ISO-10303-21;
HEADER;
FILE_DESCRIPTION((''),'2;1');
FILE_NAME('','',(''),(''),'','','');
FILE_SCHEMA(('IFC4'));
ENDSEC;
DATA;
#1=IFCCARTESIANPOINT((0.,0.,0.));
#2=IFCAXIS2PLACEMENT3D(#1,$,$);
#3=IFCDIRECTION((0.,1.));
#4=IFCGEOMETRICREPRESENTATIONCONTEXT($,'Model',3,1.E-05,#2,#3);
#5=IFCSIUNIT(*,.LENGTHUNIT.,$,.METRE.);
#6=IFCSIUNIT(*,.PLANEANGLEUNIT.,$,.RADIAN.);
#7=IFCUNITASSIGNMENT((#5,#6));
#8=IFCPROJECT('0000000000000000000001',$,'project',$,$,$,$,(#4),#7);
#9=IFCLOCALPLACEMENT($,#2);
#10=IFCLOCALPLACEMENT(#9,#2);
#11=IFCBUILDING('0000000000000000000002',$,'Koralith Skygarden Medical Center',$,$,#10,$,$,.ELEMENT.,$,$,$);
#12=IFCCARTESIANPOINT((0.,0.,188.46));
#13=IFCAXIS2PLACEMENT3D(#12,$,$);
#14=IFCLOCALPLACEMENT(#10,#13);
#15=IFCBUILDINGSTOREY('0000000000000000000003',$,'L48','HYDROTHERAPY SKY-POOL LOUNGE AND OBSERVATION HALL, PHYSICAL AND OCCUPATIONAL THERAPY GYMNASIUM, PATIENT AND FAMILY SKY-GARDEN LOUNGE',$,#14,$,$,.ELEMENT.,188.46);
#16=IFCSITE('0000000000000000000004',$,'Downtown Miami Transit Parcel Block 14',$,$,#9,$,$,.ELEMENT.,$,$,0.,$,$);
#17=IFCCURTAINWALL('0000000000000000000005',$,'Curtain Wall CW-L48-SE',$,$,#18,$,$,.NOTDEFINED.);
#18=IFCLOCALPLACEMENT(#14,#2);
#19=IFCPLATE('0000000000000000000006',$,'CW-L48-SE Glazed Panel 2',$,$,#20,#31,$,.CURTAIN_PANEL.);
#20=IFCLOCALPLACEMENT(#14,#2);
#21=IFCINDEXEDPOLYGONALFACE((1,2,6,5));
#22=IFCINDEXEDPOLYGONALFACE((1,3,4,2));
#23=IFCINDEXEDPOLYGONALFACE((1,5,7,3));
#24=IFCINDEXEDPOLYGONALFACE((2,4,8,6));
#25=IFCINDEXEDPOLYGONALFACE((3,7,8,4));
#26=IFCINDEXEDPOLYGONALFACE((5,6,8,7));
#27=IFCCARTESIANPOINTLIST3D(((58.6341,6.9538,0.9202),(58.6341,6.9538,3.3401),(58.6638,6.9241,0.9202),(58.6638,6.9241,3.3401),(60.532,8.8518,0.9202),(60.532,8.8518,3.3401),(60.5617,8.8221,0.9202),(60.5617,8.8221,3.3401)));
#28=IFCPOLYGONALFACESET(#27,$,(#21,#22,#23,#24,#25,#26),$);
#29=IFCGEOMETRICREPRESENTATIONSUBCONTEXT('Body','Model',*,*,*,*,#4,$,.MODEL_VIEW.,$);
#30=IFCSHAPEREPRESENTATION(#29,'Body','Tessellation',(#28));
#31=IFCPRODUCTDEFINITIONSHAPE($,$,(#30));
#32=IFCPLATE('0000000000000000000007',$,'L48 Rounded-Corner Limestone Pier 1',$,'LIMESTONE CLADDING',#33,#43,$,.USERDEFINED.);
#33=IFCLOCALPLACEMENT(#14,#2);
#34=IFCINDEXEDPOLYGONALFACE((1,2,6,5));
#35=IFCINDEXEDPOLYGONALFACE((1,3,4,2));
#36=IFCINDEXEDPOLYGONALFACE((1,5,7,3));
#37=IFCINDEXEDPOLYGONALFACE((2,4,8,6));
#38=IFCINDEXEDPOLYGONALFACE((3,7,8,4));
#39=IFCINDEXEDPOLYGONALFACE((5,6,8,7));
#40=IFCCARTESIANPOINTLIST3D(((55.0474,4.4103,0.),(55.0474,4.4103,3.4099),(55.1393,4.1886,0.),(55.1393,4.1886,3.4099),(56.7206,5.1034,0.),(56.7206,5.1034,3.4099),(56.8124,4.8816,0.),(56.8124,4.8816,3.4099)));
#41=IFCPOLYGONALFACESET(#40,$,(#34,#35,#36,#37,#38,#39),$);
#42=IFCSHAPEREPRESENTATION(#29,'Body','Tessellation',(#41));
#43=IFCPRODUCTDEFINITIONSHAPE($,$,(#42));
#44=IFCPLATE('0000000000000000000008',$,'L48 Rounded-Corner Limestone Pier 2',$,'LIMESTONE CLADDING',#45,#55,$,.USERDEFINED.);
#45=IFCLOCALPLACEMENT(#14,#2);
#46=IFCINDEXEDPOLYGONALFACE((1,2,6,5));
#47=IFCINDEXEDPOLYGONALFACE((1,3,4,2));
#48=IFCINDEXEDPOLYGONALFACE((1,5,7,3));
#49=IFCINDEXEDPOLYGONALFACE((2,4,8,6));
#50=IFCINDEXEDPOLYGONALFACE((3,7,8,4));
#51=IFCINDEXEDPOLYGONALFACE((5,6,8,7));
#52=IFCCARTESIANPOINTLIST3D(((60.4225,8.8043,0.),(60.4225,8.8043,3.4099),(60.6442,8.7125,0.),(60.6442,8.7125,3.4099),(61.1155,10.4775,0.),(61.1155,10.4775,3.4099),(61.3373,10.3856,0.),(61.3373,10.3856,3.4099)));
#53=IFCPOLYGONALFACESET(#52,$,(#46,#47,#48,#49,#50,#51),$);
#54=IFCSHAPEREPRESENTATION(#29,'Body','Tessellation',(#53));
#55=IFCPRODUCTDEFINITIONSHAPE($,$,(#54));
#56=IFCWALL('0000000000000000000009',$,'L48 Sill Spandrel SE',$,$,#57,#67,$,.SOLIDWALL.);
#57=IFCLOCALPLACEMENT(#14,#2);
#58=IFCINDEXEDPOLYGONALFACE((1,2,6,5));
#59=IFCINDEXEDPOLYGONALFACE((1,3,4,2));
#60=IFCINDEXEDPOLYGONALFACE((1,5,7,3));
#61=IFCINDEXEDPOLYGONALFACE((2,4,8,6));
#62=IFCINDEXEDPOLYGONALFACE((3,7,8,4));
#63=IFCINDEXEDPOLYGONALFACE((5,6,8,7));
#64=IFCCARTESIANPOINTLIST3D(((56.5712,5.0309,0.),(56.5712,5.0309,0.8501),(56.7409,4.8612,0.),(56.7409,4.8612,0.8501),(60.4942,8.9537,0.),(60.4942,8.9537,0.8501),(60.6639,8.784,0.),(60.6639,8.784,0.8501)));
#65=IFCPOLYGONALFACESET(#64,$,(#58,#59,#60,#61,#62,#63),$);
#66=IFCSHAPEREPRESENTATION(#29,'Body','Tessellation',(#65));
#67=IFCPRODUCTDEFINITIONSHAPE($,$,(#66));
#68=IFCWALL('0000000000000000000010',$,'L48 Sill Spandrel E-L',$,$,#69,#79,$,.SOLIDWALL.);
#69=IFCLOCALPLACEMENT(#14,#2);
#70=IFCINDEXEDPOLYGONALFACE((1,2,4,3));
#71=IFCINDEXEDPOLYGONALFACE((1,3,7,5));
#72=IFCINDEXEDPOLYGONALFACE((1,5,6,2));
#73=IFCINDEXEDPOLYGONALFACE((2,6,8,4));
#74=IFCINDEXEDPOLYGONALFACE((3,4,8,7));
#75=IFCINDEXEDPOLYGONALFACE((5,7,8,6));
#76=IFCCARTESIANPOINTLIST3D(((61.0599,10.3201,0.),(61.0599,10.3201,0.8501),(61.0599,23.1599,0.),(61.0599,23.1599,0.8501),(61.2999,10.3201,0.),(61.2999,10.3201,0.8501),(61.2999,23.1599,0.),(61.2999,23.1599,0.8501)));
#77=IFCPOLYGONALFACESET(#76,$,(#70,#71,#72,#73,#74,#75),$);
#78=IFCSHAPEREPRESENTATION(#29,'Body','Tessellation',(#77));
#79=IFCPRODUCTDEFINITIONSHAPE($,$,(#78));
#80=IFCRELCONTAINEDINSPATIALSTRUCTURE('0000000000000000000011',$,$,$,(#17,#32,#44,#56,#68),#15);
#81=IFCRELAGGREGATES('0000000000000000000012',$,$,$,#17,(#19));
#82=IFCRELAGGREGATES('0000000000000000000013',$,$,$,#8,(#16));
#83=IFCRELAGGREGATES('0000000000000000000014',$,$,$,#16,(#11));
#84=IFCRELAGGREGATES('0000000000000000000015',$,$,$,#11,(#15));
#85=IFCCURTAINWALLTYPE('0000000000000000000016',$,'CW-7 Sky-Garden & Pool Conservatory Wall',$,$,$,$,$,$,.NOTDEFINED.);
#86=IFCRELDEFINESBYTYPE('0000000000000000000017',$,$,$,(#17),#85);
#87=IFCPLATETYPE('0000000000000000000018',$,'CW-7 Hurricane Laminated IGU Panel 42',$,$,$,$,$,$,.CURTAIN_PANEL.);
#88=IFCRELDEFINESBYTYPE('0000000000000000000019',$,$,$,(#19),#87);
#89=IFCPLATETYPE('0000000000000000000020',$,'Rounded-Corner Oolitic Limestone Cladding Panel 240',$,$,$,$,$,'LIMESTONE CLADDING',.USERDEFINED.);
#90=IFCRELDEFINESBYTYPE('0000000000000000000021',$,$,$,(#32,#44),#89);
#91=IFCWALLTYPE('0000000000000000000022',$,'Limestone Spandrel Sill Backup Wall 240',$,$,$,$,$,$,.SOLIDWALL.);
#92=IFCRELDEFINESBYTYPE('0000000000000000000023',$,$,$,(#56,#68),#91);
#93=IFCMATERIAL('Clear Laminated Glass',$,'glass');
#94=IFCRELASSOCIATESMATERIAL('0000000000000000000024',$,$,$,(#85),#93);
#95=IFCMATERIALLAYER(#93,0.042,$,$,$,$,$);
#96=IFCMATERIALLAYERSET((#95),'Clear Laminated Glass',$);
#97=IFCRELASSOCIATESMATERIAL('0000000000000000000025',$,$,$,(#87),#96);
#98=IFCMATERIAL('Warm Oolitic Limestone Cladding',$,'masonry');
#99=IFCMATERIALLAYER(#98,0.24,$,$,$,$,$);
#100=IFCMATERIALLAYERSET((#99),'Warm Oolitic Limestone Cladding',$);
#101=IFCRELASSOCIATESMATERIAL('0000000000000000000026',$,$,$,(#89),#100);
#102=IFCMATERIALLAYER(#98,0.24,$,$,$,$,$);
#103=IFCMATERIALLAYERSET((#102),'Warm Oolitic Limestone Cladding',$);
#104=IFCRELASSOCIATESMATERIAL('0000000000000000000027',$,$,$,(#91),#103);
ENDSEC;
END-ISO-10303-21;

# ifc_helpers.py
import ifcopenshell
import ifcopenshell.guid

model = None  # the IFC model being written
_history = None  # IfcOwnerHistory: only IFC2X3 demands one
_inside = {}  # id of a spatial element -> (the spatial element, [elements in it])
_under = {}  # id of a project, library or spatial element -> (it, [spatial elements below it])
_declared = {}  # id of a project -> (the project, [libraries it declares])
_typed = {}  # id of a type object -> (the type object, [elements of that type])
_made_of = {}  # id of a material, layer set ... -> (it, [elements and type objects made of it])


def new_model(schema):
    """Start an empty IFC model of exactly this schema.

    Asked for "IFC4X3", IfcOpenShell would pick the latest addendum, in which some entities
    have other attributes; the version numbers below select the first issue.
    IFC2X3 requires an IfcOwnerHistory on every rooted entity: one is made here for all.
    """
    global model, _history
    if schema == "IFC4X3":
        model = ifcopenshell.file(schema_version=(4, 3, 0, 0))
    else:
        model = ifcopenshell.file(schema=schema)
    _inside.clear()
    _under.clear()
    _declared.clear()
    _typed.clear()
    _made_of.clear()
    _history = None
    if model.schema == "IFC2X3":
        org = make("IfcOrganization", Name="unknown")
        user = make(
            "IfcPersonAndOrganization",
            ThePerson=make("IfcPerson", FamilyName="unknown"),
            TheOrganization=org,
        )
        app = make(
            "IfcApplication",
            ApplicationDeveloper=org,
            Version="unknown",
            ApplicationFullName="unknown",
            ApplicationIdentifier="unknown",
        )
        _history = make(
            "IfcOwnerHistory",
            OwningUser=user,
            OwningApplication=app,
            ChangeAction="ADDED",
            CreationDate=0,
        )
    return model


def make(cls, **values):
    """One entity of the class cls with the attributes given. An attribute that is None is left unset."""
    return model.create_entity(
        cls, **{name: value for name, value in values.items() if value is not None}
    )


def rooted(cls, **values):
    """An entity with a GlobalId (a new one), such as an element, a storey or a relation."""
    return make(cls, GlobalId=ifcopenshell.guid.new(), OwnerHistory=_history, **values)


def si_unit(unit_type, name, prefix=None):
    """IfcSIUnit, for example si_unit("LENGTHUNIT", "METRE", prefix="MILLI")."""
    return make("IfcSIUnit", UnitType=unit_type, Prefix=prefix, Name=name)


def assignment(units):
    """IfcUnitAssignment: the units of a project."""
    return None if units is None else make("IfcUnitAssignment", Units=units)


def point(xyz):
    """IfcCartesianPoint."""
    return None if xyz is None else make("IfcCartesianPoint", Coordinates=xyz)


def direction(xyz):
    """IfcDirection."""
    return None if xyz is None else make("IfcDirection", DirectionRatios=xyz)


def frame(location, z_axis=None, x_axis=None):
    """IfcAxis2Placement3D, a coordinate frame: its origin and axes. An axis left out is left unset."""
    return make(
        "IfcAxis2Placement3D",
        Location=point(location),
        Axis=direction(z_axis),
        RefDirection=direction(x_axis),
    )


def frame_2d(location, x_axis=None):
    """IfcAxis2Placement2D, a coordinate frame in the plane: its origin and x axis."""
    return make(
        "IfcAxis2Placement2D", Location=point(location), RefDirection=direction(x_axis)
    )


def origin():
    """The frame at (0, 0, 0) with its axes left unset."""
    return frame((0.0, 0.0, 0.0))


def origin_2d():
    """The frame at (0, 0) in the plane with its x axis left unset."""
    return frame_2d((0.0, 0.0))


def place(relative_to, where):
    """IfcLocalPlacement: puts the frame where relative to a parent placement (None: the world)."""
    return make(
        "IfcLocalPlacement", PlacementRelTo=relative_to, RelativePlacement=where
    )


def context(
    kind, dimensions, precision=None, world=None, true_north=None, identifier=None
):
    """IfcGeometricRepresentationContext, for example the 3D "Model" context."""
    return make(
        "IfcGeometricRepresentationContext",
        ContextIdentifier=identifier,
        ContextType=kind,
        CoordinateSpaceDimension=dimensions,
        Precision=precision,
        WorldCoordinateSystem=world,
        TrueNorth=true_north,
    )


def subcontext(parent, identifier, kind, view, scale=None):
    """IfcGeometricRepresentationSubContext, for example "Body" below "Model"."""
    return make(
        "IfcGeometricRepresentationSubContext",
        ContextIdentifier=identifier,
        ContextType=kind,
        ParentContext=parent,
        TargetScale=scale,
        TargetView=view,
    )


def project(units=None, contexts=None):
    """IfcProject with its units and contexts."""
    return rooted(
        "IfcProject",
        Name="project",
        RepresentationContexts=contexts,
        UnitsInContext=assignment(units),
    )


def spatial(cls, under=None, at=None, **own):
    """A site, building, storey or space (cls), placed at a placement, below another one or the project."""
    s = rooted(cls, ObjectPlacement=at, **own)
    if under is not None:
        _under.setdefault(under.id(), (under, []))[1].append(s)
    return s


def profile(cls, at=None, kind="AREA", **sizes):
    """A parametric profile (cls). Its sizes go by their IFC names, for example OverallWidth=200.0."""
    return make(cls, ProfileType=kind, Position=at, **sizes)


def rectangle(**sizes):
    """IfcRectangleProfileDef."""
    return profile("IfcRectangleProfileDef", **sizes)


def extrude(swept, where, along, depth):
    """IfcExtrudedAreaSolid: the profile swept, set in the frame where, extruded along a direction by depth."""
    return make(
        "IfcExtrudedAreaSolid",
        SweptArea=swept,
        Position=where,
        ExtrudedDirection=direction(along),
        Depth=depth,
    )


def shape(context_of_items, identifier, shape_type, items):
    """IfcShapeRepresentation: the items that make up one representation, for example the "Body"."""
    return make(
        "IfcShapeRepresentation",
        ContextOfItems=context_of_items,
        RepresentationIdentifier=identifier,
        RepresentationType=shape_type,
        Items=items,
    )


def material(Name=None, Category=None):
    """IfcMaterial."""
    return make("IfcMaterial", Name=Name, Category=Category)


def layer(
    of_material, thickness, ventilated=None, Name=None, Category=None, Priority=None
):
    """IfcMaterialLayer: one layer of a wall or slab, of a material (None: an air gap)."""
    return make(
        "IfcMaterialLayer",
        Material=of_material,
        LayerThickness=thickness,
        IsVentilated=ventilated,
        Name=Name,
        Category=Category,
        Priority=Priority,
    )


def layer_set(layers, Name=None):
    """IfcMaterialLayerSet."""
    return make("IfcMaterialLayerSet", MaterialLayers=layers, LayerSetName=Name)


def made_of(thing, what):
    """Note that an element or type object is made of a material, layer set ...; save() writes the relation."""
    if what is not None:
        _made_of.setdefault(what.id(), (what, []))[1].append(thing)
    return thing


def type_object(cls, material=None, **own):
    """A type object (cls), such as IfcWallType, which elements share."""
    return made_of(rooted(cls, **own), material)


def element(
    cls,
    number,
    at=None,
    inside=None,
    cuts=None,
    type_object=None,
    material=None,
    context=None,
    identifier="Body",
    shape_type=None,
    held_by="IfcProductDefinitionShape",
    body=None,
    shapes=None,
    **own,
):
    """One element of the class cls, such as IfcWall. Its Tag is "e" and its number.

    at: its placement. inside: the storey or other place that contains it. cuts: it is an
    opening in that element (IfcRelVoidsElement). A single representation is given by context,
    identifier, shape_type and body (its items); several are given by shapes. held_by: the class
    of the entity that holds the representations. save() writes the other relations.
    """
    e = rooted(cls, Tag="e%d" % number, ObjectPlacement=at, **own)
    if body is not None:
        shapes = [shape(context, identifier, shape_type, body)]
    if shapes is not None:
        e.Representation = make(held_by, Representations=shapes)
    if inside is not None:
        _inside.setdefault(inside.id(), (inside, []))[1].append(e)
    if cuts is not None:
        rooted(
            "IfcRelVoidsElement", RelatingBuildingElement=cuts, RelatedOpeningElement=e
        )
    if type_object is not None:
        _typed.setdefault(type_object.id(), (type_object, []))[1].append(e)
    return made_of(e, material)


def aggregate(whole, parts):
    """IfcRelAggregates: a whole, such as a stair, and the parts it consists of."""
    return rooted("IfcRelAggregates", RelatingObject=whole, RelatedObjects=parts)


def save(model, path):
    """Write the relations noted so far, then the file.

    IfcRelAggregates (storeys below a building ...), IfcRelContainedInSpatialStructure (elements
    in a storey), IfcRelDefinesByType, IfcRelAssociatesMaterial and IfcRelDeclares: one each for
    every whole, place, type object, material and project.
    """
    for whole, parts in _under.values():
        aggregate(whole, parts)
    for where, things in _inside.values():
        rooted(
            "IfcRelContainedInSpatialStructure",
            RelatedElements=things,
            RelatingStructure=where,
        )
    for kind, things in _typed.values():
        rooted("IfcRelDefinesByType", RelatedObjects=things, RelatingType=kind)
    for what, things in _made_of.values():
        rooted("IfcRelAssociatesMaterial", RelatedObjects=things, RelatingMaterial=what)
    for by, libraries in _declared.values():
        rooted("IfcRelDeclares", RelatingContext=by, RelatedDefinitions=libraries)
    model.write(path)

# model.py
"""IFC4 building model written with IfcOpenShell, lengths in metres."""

from ifc_helpers import new_model, si_unit, direction, frame, frame_2d, origin, origin_2d, place, context, subcontext, project, spatial, rectangle, extrude, material, layer, layer_set, type_object, element, aggregate, save


model = new_model("IFC4")

# Units and contexts
model_context = context("Model", 3, precision=1e-05, world=origin(), true_north=direction((0.0, 1.0)))
body_context = subcontext(model_context, "Body", "Model", "MODEL_VIEW")
ifc_project = project(units=[si_unit("LENGTHUNIT", "METRE"), si_unit("PLANEANGLEUNIT", "RADIAN")], contexts=[model_context])

# Site, building, storey
site_placement = place(None, origin())
site = spatial("IfcSite", under=ifc_project, at=site_placement, Name="Downtown Miami Transit Parcel Block 14", CompositionType="ELEMENT", RefElevation=0.0)
building_placement = place(site_placement, origin())
building = spatial("IfcBuilding", under=site, at=building_placement, Name="Koralith Skygarden Medical Center", CompositionType="ELEMENT")
storey_placement = place(building_placement, frame((0.0, 0.0, 188.46)))
storey = spatial("IfcBuildingStorey", under=building, at=storey_placement, Name="L48", Description="HYDROTHERAPY SKY-POOL LOUNGE AND OBSERVATION HALL, PHYSICAL AND OCCUPATIONAL THERAPY GYMNASIUM, PATIENT AND FAMILY SKY-GARDEN LOUNGE", CompositionType="ELEMENT", Elevation=188.46)

# Curtain wall
ifc_material_1 = material(Name="Clear Laminated Glass", Category="glass")
curtain_wall_type = type_object("IfcCurtainWallType", Name="CW-7 Sky-Garden & Pool Conservatory Wall", PredefinedType="NOTDEFINED", material=ifc_material_1)
curtain_wall_1_placement = place(storey_placement, origin())
curtain_wall_1 = element("IfcCurtainWall", 1, at=curtain_wall_1_placement, inside=storey, type_object=curtain_wall_type, Name="Curtain Wall CW-L48-SE", PredefinedType="NOTDEFINED")

# Plate
ifc_layer_1 = layer(ifc_material_1, 0.042)
ifc_layer_set_1 = layer_set([ifc_layer_1], Name="Clear Laminated Glass")
plate_type_1 = type_object("IfcPlateType", Name="CW-7 Hurricane Laminated IGU Panel 42", PredefinedType="CURTAIN_PANEL", material=ifc_layer_set_1)
plate_1_placement = place(storey_placement, frame((59.5979, 7.8879, 0.9202), z_axis=(0.0, 0.0, 1.0), x_axis=(0.707107, 0.707107, 0.0)))
plate_1 = element("IfcPlate", 2, at=plate_1_placement, type_object=plate_type_1, Name="CW-L48-SE Glazed Panel 2", PredefinedType="CURTAIN_PANEL", context=body_context, shape_type="SweptSolid", body=[
    extrude(rectangle(XDim=2.6841, YDim=0.042, at=origin_2d()), origin(), (0.0, 0.0, 1.0), 2.4199),
])
aggregate(curtain_wall_1, [plate_1])

# Plates
ifc_material_2 = material(Name="Warm Oolitic Limestone Cladding", Category="masonry")
ifc_layer_2 = layer(ifc_material_2, 0.24)
ifc_layer_set_2 = layer_set([ifc_layer_2], Name="Warm Oolitic Limestone Cladding")
plate_type_2 = type_object("IfcPlateType", Name="Rounded-Corner Oolitic Limestone Cladding Panel 240", ElementType="LIMESTONE CLADDING", PredefinedType="USERDEFINED", material=ifc_layer_set_2)
for number, where, z_axis, x_axis, name in (
    (3, (55.9299, 4.646, 0.0), (0.0, 0.0, 1.0), (0.923885, 0.382671, 0.0), "L48 Rounded-Corner Limestone Pier 1"),
    (4, (60.8799, 9.595, 0.0), (0.0, 0.0, 1.0), (0.382671, 0.923885, 0.0), "L48 Rounded-Corner Limestone Pier 2"),
):
    element("IfcPlate", number, at=place(storey_placement, frame(where, z_axis=z_axis, x_axis=x_axis)), inside=storey, type_object=plate_type_2, Name=name, ObjectType="LIMESTONE CLADDING", PredefinedType="USERDEFINED", context=body_context, shape_type="SweptSolid", body=[
        extrude(rectangle(XDim=1.811, YDim=0.24, at=origin_2d()), origin(), (0.0, 0.0, 1.0), 3.4099),
    ])

# Walls
ifc_layer_3 = layer(ifc_material_2, 0.24)
ifc_layer_set_3 = layer_set([ifc_layer_3], Name="Warm Oolitic Limestone Cladding")
wall_type = type_object("IfcWallType", Name="Limestone Spandrel Sill Backup Wall 240", PredefinedType="SOLIDWALL", material=ifc_layer_set_3)
wall_1_placement = place(storey_placement, frame((56.656, 4.946, 0.0), z_axis=(0.0, 0.0, 1.0), x_axis=(0.707129, 0.707085, 0.0)))
element("IfcWall", 5, at=wall_1_placement, inside=storey, type_object=wall_type, Name="L48 Sill Spandrel SE", PredefinedType="SOLIDWALL", context=body_context, shape_type="SweptSolid", body=[
    extrude(rectangle(XDim=5.5479, YDim=0.24, at=frame_2d((2.7739, 0.0))), origin(), (0.0, 0.0, 1.0), 0.8501),
])
wall_2_placement = place(storey_placement, frame((61.1799, 10.3201, 0.0), z_axis=(0.0, 0.0, 1.0), x_axis=(0.0, 1.0, 0.0)))
element("IfcWall", 6, at=wall_2_placement, inside=storey, type_object=wall_type, Name="L48 Sill Spandrel E-L", PredefinedType="SOLIDWALL", context=body_context, shape_type="SweptSolid", body=[
    extrude(rectangle(XDim=12.8398, YDim=0.24, at=frame_2d((6.4199, 0.0))), origin(), (0.0, 0.0, 1.0), 0.8501),
])

save(model, "model.ifc")
